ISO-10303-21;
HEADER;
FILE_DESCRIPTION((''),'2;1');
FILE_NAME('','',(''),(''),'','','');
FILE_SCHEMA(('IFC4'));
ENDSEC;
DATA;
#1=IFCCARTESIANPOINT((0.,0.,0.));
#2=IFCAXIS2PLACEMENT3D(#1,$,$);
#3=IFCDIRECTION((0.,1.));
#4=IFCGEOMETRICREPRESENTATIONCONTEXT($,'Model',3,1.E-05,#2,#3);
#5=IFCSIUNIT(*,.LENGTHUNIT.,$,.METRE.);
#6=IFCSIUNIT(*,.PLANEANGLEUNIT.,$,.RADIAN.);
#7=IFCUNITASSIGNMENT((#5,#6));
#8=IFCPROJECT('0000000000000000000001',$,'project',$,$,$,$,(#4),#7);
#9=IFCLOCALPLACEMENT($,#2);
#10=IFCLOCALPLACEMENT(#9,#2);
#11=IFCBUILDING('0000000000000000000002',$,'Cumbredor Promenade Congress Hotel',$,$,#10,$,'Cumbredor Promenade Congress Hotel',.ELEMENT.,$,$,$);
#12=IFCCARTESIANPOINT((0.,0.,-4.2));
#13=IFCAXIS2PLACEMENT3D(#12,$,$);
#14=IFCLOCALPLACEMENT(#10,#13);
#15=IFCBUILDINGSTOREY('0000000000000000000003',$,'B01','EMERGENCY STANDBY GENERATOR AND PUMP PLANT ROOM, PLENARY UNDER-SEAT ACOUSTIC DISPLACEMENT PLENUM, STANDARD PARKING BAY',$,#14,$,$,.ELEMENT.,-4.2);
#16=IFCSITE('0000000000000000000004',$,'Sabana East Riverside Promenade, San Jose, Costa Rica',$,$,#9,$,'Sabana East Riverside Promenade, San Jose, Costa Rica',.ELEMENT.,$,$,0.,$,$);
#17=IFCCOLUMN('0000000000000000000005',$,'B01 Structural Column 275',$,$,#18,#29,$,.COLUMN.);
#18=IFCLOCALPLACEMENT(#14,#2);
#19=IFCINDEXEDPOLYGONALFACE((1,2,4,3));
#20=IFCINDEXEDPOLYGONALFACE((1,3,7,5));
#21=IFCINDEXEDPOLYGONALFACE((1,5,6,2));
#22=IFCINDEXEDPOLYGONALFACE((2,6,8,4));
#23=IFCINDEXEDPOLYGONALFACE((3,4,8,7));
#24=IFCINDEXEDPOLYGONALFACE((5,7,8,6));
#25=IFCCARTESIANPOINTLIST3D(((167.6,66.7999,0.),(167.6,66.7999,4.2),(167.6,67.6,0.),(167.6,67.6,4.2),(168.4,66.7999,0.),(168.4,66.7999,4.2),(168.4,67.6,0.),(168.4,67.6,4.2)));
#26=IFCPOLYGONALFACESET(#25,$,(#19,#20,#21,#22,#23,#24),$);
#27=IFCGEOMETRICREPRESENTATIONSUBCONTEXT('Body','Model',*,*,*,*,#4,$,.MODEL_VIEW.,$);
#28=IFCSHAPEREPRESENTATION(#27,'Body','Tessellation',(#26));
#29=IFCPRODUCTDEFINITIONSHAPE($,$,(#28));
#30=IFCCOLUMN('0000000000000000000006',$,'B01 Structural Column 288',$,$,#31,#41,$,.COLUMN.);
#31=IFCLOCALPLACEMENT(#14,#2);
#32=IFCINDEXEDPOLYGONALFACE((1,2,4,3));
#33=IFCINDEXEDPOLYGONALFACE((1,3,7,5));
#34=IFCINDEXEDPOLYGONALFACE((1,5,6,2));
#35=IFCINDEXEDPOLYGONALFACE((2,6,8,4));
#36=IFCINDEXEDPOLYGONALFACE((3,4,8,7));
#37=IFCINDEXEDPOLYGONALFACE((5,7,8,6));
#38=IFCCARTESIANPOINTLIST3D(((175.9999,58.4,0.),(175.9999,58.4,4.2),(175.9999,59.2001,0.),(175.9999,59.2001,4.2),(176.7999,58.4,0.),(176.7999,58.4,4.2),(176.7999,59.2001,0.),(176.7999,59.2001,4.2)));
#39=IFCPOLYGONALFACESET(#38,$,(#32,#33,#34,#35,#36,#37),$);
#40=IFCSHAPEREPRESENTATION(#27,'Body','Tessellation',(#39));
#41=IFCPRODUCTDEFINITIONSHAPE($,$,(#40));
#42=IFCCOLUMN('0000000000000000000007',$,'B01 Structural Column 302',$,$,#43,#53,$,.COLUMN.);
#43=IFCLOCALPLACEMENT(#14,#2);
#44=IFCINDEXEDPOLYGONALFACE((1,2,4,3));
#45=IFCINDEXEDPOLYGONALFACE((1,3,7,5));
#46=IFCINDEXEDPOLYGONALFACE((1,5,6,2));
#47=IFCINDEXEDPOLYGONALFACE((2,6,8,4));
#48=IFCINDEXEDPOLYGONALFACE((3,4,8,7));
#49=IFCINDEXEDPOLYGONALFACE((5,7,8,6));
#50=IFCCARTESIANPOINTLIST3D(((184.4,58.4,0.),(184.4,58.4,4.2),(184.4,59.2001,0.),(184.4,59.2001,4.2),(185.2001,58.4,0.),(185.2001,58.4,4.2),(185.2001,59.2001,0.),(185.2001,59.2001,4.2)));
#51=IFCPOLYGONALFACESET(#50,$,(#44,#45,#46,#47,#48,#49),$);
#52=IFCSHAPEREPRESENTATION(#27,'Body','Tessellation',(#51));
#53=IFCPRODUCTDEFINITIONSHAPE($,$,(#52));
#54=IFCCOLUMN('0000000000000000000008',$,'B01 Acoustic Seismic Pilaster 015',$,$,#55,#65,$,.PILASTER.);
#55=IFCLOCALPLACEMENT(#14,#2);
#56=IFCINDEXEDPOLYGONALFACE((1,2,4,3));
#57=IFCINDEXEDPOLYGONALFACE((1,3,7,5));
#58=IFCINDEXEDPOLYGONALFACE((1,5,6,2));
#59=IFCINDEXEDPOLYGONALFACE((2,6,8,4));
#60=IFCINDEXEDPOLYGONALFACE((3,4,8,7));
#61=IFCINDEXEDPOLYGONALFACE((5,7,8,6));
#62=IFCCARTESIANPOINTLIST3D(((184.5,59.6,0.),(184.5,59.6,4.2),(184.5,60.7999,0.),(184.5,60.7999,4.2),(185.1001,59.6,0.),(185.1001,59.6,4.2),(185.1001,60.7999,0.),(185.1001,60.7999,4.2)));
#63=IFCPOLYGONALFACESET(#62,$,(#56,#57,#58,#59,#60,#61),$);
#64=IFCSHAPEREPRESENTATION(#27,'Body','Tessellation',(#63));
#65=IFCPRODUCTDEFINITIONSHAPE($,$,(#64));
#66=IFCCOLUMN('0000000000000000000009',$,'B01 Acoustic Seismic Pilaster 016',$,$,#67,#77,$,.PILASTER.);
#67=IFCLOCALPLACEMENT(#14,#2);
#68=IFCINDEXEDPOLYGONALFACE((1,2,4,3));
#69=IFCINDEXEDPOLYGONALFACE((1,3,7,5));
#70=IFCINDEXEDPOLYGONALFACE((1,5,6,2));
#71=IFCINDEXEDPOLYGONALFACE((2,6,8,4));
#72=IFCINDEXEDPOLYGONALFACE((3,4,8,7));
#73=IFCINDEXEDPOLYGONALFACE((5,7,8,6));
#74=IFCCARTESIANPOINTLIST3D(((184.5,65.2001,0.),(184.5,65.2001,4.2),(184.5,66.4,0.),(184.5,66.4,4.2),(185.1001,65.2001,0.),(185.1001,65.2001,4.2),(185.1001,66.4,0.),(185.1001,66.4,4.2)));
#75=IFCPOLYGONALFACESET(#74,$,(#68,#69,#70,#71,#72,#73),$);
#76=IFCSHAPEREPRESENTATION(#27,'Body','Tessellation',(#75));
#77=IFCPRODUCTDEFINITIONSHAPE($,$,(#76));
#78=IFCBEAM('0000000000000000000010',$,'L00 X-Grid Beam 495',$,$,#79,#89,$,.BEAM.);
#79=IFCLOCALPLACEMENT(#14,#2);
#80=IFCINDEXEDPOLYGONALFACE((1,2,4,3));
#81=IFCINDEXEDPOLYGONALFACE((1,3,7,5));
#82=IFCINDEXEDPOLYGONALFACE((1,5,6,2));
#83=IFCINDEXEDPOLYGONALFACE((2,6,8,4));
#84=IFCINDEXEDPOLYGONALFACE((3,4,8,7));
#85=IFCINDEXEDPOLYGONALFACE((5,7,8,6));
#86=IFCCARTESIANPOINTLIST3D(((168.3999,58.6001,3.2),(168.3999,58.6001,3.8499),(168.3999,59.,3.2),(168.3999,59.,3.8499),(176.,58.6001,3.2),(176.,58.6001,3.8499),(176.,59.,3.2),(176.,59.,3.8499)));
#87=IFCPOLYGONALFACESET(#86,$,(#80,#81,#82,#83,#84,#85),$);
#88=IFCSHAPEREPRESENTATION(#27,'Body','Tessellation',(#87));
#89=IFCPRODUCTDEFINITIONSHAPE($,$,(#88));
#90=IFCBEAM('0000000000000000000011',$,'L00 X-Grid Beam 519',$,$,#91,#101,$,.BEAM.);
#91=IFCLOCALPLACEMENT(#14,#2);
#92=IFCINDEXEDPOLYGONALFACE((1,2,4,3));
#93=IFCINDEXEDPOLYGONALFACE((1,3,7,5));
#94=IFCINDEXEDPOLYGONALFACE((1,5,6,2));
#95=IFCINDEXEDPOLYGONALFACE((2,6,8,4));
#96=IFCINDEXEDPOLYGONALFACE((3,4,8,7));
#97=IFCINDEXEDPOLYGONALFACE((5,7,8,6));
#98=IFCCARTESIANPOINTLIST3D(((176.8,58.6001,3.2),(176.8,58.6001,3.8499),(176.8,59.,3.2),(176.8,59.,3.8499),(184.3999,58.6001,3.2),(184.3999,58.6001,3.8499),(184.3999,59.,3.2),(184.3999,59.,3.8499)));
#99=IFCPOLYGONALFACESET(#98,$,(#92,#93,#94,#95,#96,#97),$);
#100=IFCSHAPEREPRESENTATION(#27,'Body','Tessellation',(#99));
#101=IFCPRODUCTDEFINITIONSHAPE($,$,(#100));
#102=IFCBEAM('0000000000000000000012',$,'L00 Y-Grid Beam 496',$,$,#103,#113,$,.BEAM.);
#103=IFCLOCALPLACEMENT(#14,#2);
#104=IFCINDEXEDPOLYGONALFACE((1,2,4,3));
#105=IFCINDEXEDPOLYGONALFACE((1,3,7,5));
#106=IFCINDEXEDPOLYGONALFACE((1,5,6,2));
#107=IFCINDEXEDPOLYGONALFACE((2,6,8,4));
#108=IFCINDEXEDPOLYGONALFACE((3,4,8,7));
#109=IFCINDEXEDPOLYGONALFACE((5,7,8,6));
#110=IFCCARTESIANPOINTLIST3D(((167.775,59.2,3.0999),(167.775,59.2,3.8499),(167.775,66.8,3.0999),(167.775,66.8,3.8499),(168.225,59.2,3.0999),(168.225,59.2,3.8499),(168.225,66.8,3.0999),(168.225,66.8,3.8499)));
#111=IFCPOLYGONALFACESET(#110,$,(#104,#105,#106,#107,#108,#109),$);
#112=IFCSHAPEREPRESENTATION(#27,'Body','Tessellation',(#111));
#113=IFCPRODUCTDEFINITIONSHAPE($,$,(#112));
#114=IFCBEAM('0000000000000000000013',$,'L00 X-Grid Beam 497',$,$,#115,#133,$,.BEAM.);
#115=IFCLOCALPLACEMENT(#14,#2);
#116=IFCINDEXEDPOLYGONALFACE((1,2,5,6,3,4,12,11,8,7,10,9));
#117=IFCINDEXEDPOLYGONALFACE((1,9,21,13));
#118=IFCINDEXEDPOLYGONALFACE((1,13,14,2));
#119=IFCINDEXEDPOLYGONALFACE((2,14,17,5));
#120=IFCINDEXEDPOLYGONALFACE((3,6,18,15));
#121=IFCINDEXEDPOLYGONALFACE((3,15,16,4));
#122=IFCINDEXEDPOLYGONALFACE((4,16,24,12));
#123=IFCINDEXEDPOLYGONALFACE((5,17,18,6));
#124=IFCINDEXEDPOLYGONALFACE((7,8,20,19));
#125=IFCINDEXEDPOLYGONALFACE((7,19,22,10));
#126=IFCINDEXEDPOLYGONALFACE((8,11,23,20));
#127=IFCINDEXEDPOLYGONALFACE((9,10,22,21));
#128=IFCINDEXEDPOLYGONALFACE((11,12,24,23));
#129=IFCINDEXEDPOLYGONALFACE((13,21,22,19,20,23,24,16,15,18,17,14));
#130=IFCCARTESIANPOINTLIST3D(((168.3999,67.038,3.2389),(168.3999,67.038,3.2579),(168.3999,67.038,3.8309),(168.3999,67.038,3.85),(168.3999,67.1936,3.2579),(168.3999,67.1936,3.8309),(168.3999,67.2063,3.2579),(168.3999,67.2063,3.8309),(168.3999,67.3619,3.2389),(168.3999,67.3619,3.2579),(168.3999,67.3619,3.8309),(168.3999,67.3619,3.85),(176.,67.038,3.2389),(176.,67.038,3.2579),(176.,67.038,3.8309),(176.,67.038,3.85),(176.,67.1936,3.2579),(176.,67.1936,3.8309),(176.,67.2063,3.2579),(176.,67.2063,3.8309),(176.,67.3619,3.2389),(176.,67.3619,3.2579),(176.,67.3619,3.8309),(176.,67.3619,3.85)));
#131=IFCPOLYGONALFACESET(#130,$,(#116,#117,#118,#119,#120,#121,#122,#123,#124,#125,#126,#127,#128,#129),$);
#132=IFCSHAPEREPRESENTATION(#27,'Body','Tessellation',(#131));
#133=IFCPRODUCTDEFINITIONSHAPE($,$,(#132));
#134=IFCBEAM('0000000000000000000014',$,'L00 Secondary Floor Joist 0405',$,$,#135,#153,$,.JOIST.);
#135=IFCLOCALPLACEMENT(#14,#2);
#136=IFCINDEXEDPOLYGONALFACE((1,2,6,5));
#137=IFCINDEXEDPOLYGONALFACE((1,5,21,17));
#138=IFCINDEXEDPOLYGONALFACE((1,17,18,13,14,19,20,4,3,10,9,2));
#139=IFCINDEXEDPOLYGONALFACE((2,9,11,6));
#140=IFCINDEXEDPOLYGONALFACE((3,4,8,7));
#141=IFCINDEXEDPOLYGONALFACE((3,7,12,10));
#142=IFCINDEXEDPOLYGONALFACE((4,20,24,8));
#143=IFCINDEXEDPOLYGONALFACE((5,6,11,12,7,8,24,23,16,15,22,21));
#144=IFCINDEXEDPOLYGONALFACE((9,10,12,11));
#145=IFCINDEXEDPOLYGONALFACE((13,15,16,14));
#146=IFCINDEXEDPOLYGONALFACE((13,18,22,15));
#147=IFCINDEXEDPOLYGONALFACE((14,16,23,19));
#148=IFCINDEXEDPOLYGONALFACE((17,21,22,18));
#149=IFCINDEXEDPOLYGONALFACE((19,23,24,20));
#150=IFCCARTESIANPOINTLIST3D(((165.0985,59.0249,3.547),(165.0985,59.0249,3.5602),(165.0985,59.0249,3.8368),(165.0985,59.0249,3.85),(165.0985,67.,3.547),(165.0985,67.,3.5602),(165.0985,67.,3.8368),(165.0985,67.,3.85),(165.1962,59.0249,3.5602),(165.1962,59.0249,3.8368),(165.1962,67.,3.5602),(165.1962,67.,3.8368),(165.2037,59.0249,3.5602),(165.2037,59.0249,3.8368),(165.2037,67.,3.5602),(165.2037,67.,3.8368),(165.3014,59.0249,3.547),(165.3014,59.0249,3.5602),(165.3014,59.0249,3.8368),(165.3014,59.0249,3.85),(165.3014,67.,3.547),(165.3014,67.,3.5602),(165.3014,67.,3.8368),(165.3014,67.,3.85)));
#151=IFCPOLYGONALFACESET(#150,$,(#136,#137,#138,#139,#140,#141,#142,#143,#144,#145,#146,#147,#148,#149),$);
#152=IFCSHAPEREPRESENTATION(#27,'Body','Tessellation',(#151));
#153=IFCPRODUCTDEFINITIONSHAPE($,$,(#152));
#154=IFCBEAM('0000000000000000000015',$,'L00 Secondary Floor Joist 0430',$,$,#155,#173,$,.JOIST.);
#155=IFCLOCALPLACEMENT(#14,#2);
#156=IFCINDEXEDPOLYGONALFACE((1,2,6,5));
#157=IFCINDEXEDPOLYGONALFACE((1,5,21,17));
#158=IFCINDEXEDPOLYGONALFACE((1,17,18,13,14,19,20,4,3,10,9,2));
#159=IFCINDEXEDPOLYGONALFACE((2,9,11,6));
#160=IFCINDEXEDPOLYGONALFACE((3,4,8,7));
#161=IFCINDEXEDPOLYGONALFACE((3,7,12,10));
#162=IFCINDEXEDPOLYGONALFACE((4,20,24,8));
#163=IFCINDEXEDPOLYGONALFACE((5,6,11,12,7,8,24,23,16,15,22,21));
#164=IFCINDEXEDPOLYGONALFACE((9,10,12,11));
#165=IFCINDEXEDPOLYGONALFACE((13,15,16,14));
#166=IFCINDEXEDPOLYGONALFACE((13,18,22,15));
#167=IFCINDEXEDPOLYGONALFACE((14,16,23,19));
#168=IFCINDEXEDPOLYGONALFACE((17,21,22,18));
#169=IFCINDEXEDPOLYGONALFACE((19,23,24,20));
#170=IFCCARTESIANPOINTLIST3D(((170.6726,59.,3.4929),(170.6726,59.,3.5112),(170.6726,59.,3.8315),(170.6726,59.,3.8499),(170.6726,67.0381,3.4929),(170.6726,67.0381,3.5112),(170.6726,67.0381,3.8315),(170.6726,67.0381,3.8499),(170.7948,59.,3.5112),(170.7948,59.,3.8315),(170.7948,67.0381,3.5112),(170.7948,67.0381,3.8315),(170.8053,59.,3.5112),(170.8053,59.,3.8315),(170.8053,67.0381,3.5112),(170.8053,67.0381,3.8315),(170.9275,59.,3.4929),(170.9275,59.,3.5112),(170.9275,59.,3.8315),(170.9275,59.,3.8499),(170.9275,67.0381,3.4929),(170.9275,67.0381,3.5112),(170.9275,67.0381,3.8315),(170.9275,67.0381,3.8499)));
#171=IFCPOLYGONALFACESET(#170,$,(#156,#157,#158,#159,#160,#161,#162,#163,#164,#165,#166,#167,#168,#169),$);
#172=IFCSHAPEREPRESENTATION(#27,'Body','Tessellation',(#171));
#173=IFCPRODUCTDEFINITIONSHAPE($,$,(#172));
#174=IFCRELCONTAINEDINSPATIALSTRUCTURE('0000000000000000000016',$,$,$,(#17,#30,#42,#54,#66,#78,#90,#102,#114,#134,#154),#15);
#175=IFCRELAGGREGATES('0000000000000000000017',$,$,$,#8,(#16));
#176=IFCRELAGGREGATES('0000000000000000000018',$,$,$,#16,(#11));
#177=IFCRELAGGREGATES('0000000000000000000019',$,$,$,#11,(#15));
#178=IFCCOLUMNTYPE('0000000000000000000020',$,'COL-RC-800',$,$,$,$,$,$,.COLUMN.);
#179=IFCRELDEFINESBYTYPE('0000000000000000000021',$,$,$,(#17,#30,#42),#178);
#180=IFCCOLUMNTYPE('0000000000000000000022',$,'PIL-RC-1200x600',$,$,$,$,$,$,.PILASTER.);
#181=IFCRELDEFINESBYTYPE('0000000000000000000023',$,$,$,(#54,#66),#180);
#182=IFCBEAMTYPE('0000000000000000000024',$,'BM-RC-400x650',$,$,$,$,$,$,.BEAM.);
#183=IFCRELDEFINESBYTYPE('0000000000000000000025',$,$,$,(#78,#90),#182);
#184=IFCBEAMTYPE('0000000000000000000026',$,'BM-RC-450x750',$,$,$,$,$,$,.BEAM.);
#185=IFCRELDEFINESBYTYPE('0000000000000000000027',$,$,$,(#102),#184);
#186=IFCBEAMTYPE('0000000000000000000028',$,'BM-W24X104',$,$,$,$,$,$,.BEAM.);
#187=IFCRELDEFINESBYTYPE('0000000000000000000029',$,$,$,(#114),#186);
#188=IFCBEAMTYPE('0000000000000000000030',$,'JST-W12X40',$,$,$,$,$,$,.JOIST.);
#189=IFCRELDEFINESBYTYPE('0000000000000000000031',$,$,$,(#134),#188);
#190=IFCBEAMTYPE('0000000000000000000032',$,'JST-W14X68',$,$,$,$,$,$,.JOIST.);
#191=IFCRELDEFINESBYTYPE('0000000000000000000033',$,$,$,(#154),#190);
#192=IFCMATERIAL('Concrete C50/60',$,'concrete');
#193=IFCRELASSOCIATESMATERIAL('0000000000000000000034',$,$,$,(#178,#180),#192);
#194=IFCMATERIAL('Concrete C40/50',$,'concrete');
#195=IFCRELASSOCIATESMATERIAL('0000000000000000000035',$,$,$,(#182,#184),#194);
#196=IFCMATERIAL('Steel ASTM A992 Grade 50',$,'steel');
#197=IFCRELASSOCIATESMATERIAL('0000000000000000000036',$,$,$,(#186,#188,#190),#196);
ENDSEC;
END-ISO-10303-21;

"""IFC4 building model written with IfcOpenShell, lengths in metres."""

from ifc_helpers import new_model, si_unit, direction, frame, origin, origin_2d, place, context, subcontext, project, spatial, rectangle, i_section, extrude, material, material_profile, profile_set, type_object, element, save


model = new_model("IFC4")

# Units and contexts
model_context = context("Model", 3, precision=1e-05, world=origin(), true_north=direction((0.0, 1.0)))
body_context = subcontext(model_context, "Body", "Model", "MODEL_VIEW")
ifc_project = project(units=[si_unit("LENGTHUNIT", "METRE"), si_unit("PLANEANGLEUNIT", "RADIAN")], contexts=[model_context])

# Site, building, storey
site_placement = place(None, origin())
site = spatial("IfcSite", under=ifc_project, at=site_placement, Name="Sabana East Riverside Promenade, San Jose, Costa Rica", LongName="Sabana East Riverside Promenade, San Jose, Costa Rica", CompositionType="ELEMENT", RefElevation=0.0)
building_placement = place(site_placement, origin())
building = spatial("IfcBuilding", under=site, at=building_placement, Name="Cumbredor Promenade Congress Hotel", LongName="Cumbredor Promenade Congress Hotel", CompositionType="ELEMENT")
storey_placement = place(building_placement, frame((0.0, 0.0, -4.2)))
storey = spatial("IfcBuildingStorey", under=building, at=storey_placement, Name="B01", Description="EMERGENCY STANDBY GENERATOR AND PUMP PLANT ROOM, PLENARY UNDER-SEAT ACOUSTIC DISPLACEMENT PLENUM, STANDARD PARKING BAY", CompositionType="ELEMENT", Elevation=-4.2)

# Columns
ifc_material_1 = material(Name="Concrete C50/60", Category="concrete")
ifc_material_profile_1 = material_profile(ifc_material_1, rectangle(XDim=0.8, YDim=0.8, at=origin_2d()), Name="RC 800x800")
ifc_profile_set_1 = profile_set([ifc_material_profile_1], Name="Concrete C50/60")
column_type_1 = type_object("IfcColumnType", Name="COL-RC-800", PredefinedType="COLUMN", material=ifc_profile_set_1)
for number, where, z_axis, x_axis, name in (
    (1, (168.0, 67.2, 0.0), (0.0, 0.0, 1.0), (1.0, 0.0, 0.0), "B01 Structural Column 275"),
    (2, (176.3999, 58.8, 0.0), (0.0, 0.0, 1.0), (1.0, 0.0, 0.0), "B01 Structural Column 288"),
    (3, (184.8, 58.8, 0.0), (0.0, 0.0, 1.0), (1.0, 0.0, 0.0), "B01 Structural Column 302"),
):
    element("IfcColumn", number, at=place(storey_placement, frame(where, z_axis=z_axis, x_axis=x_axis)), inside=storey, type_object=column_type_1, Name=name, PredefinedType="COLUMN", context=body_context, shape_type="SweptSolid", body=[
        extrude(rectangle(XDim=0.8, YDim=0.8, at=origin_2d()), origin(), (0.0, 0.0, 1.0), 4.2),
    ])
ifc_material_profile_2 = material_profile(ifc_material_1, rectangle(XDim=0.6001, YDim=1.2, at=origin_2d()), Name="RC PILASTER 1200x600")
ifc_profile_set_2 = profile_set([ifc_material_profile_2], Name="Concrete C50/60")
column_type_2 = type_object("IfcColumnType", Name="PIL-RC-1200x600", PredefinedType="PILASTER", material=ifc_profile_set_2)
for number, where, z_axis, x_axis, name in (
    (4, (184.8, 60.2, 0.0), (0.0, 0.0, 1.0), (1.0, 0.0, 0.0), "B01 Acoustic Seismic Pilaster 015"),
    (5, (184.8, 65.8, 0.0), (0.0, 0.0, 1.0), (1.0, 0.0, 0.0), "B01 Acoustic Seismic Pilaster 016"),
):
    element("IfcColumn", number, at=place(storey_placement, frame(where, z_axis=z_axis, x_axis=x_axis)), inside=storey, type_object=column_type_2, Name=name, PredefinedType="PILASTER", context=body_context, shape_type="SweptSolid", body=[
        extrude(rectangle(XDim=0.6001, YDim=1.2, at=origin_2d()), origin(), (0.0, 0.0, 1.0), 4.2),
    ])

# Beams
ifc_material_2 = material(Name="Concrete C40/50", Category="concrete")
ifc_material_profile_3 = material_profile(ifc_material_2, rectangle(XDim=0.3999, YDim=0.6499, at=origin_2d()), Name="RC BEAM 400x650")
ifc_profile_set_3 = profile_set([ifc_material_profile_3], Name="Concrete C40/50")
beam_type_1 = type_object("IfcBeamType", Name="BM-RC-400x650", PredefinedType="BEAM", material=ifc_profile_set_3)
beam_1_placement = place(storey_placement, frame((168.3999, 58.8, 3.5249), z_axis=(1.0, 0.0, 0.0), x_axis=(0.0, 1.0, 0.0)))
element("IfcBeam", 6, at=beam_1_placement, inside=storey, type_object=beam_type_1, Name="L00 X-Grid Beam 495", PredefinedType="BEAM", context=body_context, shape_type="SweptSolid", body=[
    extrude(rectangle(XDim=0.3999, YDim=0.6499, at=origin_2d()), origin(), (0.0, 0.0, 1.0), 7.6001),
])
beam_2_placement = place(storey_placement, frame((176.8, 58.8, 3.5249), z_axis=(1.0, 0.0, 0.0), x_axis=(0.0, 1.0, 0.0)))
element("IfcBeam", 7, at=beam_2_placement, inside=storey, type_object=beam_type_1, Name="L00 X-Grid Beam 519", PredefinedType="BEAM", context=body_context, shape_type="SweptSolid", body=[
    extrude(rectangle(XDim=0.3999, YDim=0.6499, at=origin_2d()), origin(), (0.0, 0.0, 1.0), 7.5999),
])
ifc_material_profile_4 = material_profile(ifc_material_2, rectangle(XDim=0.45, YDim=0.75, at=origin_2d()), Name="RC BEAM 450x750")
ifc_profile_set_4 = profile_set([ifc_material_profile_4], Name="Concrete C40/50")
beam_type_2 = type_object("IfcBeamType", Name="BM-RC-450x750", PredefinedType="BEAM", material=ifc_profile_set_4)
beam_3_placement = place(storey_placement, frame((168.0, 59.2, 3.4749), z_axis=(0.0, 1.0, 0.0), x_axis=(-1.0, 0.0, 0.0)))
element("IfcBeam", 8, at=beam_3_placement, inside=storey, type_object=beam_type_2, Name="L00 Y-Grid Beam 496", PredefinedType="BEAM", context=body_context, shape_type="SweptSolid", body=[
    extrude(rectangle(XDim=0.45, YDim=0.75, at=origin_2d()), origin(), (0.0, 0.0, 1.0), 7.6001),
])
ifc_material_3 = material(Name="Steel ASTM A992 Grade 50", Category="steel")
ifc_material_profile_5 = material_profile(ifc_material_3, i_section(OverallWidth=0.324, OverallDepth=0.6111, WebThickness=0.0127, FlangeThickness=0.019, at=origin_2d()), Name="W24X104")
ifc_profile_set_5 = profile_set([ifc_material_profile_5], Name="Steel ASTM A992 Grade 50")
beam_type_3 = type_object("IfcBeamType", Name="BM-W24X104", PredefinedType="BEAM", material=ifc_profile_set_5)
beam_4_placement = place(storey_placement, frame((168.3999, 67.2, 3.5444), z_axis=(1.0, 0.0, 0.0), x_axis=(0.0, 1.0, 0.0)))
element("IfcBeam", 9, at=beam_4_placement, inside=storey, type_object=beam_type_3, Name="L00 X-Grid Beam 497", PredefinedType="BEAM", context=body_context, shape_type="SweptSolid", body=[
    extrude(i_section(OverallWidth=0.324, OverallDepth=0.6111, WebThickness=0.0127, FlangeThickness=0.019, at=origin_2d()), origin(), (0.0, 0.0, 1.0), 7.6001),
])
ifc_material_profile_6 = material_profile(ifc_material_3, i_section(OverallWidth=0.2029, OverallDepth=0.303, WebThickness=0.0076, FlangeThickness=0.0132, at=origin_2d()), Name="W12X40")
ifc_profile_set_6 = profile_set([ifc_material_profile_6], Name="Steel ASTM A992 Grade 50")
beam_type_4 = type_object("IfcBeamType", Name="JST-W12X40", PredefinedType="JOIST", material=ifc_profile_set_6)
beam_5_placement = place(storey_placement, frame((165.2, 59.0249, 3.6985), z_axis=(0.0, 1.0, 0.0), x_axis=(-1.0, 0.0, 0.0)))
element("IfcBeam", 10, at=beam_5_placement, inside=storey, type_object=beam_type_4, Name="L00 Secondary Floor Joist 0405", PredefinedType="JOIST", context=body_context, shape_type="SweptSolid", body=[
    extrude(i_section(OverallWidth=0.2029, OverallDepth=0.303, WebThickness=0.0076, FlangeThickness=0.0132, at=origin_2d()), origin(), (0.0, 0.0, 1.0), 7.9751),
])
ifc_material_profile_7 = material_profile(ifc_material_3, i_section(OverallWidth=0.2549, OverallDepth=0.3569, WebThickness=0.0105, FlangeThickness=0.0183, at=origin_2d()), Name="W14X68")
ifc_profile_set_7 = profile_set([ifc_material_profile_7], Name="Steel ASTM A992 Grade 50")
beam_type_5 = type_object("IfcBeamType", Name="JST-W14X68", PredefinedType="JOIST", material=ifc_profile_set_7)
for number, where, z_axis, x_axis, name in (
    (11, (170.8, 59.0, 3.6714), (0.0, 1.0, 0.0), (-1.0, 0.0, 0.0), "L00 Secondary Floor Joist 0430"),
):
    element("IfcBeam", number, at=place(storey_placement, frame(where, z_axis=z_axis, x_axis=x_axis)), inside=storey, type_object=beam_type_5, Name=name, PredefinedType="JOIST", context=body_context, shape_type="SweptSolid", body=[
        extrude(i_section(OverallWidth=0.2549, OverallDepth=0.3569, WebThickness=0.0105, FlangeThickness=0.0183, at=origin_2d()), origin(), (0.0, 0.0, 1.0), 8.0381),
    ])

save(model, "model.ifc")
